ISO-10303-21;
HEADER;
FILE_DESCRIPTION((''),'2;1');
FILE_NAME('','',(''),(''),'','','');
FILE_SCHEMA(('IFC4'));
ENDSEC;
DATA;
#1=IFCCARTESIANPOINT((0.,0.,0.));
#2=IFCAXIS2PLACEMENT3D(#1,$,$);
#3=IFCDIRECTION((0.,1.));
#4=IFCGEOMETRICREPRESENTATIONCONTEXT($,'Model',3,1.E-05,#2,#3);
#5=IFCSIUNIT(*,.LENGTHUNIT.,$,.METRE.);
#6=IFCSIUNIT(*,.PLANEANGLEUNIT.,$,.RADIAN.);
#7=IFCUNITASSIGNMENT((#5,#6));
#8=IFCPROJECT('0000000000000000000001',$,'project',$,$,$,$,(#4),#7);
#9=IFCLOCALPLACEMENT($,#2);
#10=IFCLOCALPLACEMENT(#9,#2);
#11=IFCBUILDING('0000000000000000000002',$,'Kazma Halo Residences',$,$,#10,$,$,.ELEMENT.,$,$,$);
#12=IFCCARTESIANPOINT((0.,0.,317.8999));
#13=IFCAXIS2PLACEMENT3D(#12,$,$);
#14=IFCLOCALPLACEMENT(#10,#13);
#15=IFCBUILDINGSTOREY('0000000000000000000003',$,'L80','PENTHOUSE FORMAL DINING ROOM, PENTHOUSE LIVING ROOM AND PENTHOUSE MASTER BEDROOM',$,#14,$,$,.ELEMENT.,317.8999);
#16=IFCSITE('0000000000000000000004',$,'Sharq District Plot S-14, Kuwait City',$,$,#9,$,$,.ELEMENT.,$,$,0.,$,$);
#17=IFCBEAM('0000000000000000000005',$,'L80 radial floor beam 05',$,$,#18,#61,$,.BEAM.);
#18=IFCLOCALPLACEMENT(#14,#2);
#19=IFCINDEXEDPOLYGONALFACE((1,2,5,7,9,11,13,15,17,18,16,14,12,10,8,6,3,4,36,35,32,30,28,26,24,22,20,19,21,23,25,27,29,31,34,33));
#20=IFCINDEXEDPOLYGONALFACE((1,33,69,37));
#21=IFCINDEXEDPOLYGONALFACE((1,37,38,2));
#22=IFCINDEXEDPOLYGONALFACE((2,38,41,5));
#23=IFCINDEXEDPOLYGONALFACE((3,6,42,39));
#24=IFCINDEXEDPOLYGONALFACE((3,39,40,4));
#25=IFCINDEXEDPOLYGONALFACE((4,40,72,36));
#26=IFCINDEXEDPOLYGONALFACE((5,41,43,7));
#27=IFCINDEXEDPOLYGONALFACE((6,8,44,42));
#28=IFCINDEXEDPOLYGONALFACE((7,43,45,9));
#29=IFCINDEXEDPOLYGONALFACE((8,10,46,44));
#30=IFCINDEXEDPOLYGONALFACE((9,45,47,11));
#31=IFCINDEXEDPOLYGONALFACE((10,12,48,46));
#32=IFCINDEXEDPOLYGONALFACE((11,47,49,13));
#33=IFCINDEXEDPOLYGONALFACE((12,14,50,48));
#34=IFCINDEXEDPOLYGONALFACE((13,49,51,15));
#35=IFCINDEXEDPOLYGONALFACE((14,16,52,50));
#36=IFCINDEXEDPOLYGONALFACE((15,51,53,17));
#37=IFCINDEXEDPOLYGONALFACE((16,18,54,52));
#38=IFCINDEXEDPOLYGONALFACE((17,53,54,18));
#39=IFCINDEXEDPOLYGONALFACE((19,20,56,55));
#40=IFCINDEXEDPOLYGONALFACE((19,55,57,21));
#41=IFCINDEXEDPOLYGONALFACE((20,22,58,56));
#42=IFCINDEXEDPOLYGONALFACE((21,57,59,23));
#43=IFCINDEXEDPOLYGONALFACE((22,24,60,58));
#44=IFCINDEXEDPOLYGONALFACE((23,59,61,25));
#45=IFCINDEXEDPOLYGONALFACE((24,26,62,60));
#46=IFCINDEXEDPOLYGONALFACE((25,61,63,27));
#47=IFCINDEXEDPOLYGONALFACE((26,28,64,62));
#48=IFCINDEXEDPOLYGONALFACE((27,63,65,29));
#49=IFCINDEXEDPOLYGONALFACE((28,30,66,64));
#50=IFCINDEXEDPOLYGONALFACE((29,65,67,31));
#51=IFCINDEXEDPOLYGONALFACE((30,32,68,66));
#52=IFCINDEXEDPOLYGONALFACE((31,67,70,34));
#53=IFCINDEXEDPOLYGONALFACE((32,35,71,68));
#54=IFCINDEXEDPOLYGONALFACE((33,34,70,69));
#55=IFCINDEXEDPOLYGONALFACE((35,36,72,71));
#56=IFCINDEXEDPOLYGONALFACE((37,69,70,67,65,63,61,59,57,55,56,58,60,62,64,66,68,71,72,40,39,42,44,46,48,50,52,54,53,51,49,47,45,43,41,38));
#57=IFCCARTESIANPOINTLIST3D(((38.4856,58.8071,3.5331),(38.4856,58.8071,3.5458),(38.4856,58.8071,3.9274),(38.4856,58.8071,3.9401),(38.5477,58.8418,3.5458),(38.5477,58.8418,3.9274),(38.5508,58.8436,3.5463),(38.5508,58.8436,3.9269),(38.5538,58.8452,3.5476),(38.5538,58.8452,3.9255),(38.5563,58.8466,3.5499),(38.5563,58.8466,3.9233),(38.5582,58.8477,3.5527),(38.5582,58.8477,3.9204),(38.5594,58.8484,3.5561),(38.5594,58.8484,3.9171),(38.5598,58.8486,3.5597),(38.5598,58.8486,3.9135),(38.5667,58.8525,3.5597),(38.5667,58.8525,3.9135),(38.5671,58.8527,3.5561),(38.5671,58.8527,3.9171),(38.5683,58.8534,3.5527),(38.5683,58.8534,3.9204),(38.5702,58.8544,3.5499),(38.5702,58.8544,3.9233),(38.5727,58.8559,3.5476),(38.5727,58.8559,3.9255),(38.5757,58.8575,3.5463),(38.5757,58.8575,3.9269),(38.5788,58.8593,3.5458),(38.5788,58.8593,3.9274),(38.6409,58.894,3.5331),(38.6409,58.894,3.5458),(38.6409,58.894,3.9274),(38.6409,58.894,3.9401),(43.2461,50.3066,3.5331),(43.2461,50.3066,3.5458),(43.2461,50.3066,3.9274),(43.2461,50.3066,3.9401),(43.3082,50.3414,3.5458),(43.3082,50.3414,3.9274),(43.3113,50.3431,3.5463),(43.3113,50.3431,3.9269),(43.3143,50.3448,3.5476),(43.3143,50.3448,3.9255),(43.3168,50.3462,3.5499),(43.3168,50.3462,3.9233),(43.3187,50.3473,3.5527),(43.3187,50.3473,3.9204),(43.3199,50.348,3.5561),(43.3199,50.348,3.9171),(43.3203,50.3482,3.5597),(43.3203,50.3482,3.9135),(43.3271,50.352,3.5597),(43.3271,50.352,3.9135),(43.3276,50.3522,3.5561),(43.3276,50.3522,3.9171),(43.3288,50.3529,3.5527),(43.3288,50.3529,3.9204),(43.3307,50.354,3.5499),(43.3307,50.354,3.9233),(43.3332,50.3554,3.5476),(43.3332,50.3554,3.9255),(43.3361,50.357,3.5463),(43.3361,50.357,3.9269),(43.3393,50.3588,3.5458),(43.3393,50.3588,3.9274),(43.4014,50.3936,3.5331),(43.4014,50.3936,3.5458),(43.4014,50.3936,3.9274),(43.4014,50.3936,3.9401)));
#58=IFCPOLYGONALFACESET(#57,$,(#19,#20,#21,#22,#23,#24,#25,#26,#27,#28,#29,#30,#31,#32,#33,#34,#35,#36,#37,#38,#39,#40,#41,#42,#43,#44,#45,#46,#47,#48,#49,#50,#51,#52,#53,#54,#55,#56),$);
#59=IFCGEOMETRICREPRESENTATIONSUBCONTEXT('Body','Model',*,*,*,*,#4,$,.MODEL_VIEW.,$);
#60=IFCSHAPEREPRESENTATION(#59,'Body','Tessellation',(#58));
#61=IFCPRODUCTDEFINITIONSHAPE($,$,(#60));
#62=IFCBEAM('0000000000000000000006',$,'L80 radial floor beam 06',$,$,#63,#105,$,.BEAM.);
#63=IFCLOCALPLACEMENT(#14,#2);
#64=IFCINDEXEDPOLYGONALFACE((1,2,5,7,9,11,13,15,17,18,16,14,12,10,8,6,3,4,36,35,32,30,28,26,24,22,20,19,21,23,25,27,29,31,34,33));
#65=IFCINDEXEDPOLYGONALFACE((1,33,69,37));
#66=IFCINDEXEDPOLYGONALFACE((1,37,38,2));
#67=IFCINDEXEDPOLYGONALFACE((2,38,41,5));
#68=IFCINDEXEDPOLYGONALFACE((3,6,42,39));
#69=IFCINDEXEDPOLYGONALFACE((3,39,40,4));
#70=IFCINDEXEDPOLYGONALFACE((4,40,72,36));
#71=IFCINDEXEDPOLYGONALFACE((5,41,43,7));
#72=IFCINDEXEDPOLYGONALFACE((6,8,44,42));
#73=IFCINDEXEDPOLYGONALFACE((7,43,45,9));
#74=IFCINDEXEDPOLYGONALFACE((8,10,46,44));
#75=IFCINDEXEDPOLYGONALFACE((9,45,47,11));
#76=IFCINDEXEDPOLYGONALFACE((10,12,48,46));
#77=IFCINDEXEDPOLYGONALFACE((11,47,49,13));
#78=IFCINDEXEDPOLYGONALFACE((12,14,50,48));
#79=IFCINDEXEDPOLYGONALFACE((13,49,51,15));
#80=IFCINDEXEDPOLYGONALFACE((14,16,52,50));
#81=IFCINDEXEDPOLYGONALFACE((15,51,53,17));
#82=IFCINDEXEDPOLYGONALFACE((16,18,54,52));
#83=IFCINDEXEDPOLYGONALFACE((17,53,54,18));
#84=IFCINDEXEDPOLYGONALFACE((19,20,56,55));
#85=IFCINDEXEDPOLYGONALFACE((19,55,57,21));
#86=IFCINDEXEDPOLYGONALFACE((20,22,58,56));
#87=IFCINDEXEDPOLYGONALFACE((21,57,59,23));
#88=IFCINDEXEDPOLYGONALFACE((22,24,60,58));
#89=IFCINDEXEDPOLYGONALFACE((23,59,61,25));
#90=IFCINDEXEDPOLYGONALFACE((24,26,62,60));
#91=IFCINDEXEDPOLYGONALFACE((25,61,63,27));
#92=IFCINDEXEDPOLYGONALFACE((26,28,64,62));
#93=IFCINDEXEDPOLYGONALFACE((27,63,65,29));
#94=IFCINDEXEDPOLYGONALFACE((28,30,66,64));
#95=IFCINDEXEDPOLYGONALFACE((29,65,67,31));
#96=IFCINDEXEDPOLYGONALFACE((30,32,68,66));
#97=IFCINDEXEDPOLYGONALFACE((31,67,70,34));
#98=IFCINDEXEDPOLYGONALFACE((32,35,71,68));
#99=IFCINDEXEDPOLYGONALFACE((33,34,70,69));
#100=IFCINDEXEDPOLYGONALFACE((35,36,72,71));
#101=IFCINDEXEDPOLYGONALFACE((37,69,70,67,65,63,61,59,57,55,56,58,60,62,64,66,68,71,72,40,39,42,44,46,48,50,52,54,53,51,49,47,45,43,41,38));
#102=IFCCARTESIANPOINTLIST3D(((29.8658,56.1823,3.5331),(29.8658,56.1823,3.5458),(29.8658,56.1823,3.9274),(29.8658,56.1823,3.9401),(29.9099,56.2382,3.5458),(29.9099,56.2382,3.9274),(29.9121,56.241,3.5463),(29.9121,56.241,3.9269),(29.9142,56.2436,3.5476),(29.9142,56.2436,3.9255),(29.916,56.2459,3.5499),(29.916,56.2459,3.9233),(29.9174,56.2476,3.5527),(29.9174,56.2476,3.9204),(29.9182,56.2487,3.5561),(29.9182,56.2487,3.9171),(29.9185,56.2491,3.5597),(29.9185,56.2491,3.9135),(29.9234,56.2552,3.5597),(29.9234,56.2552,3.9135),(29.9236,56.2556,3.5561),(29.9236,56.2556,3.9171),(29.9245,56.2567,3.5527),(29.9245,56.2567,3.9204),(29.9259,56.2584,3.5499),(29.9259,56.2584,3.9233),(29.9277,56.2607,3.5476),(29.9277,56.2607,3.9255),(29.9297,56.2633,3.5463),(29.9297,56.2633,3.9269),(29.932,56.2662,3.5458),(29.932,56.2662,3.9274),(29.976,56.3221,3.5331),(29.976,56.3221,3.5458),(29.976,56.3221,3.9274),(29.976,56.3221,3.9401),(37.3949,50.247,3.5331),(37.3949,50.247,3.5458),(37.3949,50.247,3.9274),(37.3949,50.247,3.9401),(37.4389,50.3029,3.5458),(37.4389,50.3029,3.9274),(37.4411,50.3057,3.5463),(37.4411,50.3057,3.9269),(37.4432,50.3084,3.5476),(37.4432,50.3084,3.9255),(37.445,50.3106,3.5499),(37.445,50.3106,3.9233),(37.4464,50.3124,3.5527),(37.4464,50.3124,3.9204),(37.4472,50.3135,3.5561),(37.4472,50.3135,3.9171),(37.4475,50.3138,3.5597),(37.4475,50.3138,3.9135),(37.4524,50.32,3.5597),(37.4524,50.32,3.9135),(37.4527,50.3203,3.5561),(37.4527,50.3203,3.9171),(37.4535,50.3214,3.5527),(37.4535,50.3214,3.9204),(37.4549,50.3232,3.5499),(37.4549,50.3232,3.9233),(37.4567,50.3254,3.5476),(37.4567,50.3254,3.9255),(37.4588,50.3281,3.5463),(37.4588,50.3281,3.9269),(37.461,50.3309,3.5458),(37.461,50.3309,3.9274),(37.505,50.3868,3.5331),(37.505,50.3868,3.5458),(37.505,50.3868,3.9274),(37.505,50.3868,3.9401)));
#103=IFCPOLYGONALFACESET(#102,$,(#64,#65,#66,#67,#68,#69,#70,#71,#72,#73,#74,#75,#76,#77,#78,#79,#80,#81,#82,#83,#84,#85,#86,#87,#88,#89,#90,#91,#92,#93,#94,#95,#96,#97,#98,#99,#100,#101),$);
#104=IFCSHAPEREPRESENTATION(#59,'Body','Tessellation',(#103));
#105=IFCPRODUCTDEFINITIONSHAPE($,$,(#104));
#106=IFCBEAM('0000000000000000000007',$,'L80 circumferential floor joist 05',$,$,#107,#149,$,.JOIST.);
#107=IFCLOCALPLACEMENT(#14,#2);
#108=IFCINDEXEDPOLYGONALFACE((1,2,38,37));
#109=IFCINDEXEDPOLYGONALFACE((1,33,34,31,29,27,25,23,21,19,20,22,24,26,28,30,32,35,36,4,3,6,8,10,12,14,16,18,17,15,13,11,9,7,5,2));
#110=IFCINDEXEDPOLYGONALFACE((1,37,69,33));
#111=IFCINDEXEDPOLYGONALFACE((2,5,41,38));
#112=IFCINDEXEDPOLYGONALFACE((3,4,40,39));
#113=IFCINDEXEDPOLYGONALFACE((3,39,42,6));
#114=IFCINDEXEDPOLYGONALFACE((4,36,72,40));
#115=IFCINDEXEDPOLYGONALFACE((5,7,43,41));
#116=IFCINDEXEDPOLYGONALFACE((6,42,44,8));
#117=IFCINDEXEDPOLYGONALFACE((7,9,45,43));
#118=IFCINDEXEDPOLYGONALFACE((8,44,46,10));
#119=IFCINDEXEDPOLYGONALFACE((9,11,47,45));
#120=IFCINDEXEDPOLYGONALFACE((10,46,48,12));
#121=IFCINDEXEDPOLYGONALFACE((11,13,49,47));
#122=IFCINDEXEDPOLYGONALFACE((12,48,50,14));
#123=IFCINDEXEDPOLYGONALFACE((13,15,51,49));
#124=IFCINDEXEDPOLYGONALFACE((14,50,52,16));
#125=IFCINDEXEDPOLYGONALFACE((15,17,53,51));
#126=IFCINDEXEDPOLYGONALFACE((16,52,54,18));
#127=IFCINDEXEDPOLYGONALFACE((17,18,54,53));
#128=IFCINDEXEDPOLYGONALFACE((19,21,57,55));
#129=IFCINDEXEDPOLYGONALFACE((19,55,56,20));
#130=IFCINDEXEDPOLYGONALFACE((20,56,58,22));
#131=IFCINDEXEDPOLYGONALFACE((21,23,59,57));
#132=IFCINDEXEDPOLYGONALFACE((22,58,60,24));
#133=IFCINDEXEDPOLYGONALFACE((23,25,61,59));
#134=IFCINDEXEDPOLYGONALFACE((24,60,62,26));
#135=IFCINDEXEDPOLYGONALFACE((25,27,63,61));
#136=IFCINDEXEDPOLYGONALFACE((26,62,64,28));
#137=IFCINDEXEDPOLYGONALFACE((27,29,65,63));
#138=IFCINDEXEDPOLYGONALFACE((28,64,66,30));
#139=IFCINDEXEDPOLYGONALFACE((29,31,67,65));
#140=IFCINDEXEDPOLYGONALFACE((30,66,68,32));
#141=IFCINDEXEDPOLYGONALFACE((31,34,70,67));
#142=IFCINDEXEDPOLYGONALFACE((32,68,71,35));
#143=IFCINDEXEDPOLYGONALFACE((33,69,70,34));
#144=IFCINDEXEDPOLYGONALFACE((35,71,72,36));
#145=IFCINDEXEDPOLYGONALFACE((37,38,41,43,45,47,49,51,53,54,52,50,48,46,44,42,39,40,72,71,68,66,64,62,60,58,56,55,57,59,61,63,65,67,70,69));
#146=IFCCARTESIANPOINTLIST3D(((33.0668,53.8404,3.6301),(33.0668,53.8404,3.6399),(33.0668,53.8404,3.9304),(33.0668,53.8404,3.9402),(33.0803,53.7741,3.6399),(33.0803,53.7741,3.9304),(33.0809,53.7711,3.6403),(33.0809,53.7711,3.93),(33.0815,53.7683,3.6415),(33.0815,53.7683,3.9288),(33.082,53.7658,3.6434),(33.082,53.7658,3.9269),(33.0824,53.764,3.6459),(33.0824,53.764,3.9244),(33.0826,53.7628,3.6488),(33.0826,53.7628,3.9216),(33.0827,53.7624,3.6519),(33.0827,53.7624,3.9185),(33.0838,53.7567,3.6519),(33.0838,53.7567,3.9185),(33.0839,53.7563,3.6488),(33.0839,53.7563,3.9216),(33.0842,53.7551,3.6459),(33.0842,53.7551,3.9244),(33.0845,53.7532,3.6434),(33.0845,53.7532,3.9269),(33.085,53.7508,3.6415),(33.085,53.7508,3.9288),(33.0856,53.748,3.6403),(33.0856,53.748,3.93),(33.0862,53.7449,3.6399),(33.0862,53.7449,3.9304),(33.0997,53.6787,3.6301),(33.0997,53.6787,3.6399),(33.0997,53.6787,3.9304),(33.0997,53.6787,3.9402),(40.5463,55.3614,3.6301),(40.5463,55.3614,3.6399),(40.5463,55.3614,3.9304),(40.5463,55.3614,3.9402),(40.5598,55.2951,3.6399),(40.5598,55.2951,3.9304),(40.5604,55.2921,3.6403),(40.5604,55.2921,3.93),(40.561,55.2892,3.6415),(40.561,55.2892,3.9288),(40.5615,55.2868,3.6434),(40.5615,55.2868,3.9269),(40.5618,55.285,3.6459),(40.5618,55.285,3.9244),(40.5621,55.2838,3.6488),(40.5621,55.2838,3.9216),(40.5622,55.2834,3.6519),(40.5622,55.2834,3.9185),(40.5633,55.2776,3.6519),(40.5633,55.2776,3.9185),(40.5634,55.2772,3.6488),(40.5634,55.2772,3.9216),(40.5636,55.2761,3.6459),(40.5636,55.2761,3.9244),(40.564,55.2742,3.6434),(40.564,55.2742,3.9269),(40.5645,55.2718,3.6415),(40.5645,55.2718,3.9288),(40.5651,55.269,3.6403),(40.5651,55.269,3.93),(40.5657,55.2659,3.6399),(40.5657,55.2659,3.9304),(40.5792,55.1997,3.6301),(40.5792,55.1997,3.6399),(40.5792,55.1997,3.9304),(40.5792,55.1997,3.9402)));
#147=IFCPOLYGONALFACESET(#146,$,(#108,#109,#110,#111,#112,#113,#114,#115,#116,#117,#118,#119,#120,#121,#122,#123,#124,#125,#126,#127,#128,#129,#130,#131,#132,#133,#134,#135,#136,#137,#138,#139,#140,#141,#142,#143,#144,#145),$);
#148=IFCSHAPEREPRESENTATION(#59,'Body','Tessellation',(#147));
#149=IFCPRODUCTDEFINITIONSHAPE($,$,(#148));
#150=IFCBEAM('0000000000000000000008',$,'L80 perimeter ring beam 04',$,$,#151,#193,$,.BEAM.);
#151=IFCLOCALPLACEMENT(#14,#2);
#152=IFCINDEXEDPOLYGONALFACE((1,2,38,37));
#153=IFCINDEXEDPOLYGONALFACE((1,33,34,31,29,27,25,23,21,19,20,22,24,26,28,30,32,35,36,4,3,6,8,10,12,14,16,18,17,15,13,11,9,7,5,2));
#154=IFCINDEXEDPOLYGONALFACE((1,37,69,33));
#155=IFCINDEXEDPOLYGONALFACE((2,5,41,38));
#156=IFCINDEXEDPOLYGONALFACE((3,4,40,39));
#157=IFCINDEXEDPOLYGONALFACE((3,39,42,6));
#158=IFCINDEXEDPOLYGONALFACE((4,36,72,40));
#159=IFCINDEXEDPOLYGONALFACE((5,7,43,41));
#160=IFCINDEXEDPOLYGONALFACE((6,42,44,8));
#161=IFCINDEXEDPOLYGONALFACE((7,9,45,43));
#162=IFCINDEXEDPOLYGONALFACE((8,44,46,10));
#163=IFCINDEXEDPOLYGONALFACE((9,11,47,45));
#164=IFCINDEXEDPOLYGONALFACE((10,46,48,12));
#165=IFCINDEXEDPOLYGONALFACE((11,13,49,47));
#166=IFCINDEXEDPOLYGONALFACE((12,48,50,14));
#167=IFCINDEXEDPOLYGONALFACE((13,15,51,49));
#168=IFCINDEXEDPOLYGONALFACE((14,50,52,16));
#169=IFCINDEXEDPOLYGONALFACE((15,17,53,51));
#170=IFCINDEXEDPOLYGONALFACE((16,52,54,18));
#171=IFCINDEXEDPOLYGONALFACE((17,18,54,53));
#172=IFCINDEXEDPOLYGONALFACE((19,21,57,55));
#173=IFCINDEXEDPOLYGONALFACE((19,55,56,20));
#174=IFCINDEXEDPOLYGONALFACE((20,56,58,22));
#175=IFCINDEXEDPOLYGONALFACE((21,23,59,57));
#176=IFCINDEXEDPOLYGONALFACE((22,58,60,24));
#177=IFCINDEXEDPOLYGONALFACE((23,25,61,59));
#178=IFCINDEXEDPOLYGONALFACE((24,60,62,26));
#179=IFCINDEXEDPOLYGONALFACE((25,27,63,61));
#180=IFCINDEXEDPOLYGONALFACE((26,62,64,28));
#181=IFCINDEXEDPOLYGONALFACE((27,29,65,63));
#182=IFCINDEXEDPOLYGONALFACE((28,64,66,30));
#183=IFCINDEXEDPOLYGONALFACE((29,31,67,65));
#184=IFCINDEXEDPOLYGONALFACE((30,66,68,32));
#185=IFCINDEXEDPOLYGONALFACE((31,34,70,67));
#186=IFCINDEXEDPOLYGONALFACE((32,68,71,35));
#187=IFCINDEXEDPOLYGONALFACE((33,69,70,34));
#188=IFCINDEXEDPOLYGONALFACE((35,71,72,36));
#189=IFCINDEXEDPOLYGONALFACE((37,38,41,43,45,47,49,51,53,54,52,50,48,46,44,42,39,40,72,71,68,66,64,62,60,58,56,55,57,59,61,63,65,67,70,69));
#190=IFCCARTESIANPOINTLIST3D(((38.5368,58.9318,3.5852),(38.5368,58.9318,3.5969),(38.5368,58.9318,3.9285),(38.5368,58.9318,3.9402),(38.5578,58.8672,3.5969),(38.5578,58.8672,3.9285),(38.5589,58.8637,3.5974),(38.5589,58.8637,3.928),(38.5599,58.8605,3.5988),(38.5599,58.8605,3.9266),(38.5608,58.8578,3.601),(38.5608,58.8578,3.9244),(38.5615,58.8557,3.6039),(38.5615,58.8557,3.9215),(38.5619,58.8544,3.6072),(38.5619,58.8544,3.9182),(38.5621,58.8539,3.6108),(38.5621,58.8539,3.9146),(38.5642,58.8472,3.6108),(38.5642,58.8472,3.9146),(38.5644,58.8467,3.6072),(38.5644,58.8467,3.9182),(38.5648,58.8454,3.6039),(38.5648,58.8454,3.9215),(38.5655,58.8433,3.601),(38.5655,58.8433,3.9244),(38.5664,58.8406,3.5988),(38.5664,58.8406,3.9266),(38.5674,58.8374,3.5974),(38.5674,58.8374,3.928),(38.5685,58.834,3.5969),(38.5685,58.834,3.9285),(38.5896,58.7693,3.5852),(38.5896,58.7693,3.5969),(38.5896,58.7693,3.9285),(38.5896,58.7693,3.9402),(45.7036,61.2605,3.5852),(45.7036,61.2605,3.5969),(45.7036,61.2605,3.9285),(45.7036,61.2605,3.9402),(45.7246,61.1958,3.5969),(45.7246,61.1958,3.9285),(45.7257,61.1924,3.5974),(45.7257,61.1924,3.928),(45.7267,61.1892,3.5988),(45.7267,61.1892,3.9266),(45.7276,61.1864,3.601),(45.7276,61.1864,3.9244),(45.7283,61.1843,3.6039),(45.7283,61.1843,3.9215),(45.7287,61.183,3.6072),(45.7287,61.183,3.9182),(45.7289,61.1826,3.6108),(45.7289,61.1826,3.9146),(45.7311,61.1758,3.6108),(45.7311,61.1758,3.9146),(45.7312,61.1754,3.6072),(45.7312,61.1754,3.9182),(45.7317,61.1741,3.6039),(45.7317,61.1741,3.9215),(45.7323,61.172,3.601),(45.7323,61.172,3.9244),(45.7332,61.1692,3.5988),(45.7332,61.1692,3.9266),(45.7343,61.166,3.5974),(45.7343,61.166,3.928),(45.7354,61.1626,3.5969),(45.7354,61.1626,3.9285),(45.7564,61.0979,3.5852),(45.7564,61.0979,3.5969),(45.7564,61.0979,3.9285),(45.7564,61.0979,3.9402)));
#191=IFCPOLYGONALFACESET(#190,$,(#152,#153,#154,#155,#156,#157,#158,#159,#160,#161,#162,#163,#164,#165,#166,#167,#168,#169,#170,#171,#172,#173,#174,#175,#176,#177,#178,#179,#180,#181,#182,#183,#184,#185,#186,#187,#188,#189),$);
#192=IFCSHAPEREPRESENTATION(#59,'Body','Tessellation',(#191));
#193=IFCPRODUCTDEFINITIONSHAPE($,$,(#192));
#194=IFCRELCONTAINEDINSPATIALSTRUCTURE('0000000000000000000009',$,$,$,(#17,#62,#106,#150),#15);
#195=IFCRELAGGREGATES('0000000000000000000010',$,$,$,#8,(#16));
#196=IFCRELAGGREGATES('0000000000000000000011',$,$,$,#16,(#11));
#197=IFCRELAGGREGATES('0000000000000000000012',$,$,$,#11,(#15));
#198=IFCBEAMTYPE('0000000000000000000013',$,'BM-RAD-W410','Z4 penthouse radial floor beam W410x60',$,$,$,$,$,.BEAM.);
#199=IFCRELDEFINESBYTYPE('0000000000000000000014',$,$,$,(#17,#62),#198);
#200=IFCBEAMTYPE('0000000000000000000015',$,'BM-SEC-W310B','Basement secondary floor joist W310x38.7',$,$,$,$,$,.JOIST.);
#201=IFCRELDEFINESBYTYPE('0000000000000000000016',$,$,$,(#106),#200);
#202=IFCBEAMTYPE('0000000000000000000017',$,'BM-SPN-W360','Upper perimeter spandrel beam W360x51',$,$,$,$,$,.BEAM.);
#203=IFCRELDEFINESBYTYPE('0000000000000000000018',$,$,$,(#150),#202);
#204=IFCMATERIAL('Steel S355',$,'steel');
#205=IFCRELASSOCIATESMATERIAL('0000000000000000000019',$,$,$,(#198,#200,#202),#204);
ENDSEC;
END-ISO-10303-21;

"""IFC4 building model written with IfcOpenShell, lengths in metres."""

from ifc_helpers import new_model, si_unit, direction, frame, origin, origin_2d, place, context, subcontext, project, spatial, i_section, extrude, material, material_profile, profile_set, type_object, element, save


model = new_model("IFC4")

# Units and contexts
model_context = context("Model", 3, precision=1e-05, world=origin(), true_north=direction((0.0, 1.0)))
body_context = subcontext(model_context, "Body", "Model", "MODEL_VIEW")
ifc_project = project(units=[si_unit("LENGTHUNIT", "METRE"), si_unit("PLANEANGLEUNIT", "RADIAN")], contexts=[model_context])

# Site, building, storey
site_placement = place(None, origin())
site = spatial("IfcSite", under=ifc_project, at=site_placement, Name="Sharq District Plot S-14, Kuwait City", CompositionType="ELEMENT", RefElevation=0.0)
building_placement = place(site_placement, origin())
building = spatial("IfcBuilding", under=site, at=building_placement, Name="Kazma Halo Residences", CompositionType="ELEMENT")
storey_placement = place(building_placement, frame((0.0, 0.0, 317.8999)))
storey = spatial("IfcBuildingStorey", under=building, at=storey_placement, Name="L80", Description="PENTHOUSE FORMAL DINING ROOM, PENTHOUSE LIVING ROOM AND PENTHOUSE MASTER BEDROOM", CompositionType="ELEMENT", Elevation=317.8999)

# Beams
ifc_material_1 = material(Name="Steel S355", Category="steel")
ifc_material_profile_1 = material_profile(ifc_material_1, i_section(OverallWidth=0.178, OverallDepth=0.407, WebThickness=0.0078, FlangeThickness=0.0127, FilletRadius=0.0139, at=origin_2d()), Name="W410x60")
ifc_profile_set_1 = profile_set([ifc_material_profile_1], Name="Steel S355")
beam_type_1 = type_object("IfcBeamType", Name="BM-RAD-W410", Description="Z4 penthouse radial floor beam W410x60", PredefinedType="BEAM", material=ifc_profile_set_1)
beam_1_placement = place(storey_placement, frame((43.3237, 50.3501, 3.7366), z_axis=(-0.488621, 0.872496, 0.0), x_axis=(-0.872496, -0.488621, 0.0)))
element("IfcBeam", 1, at=beam_1_placement, inside=storey, type_object=beam_type_1, Name="L80 radial floor beam 05", PredefinedType="BEAM", context=body_context, shape_type="SweptSolid", body=[
    extrude(i_section(OverallWidth=0.178, OverallDepth=0.407, WebThickness=0.0078, FlangeThickness=0.0127, FilletRadius=0.0139, at=origin_2d()), origin(), (0.0, 0.0, 1.0), 9.7427),
])
beam_2_placement = place(storey_placement, frame((37.45, 50.3169, 3.7366), z_axis=(-0.785323, 0.619086, 0.0), x_axis=(-0.619086, -0.785323, 0.0)))
element("IfcBeam", 2, at=beam_2_placement, inside=storey, type_object=beam_type_1, Name="L80 radial floor beam 06", PredefinedType="BEAM", context=body_context, shape_type="SweptSolid", body=[
    extrude(i_section(OverallWidth=0.178, OverallDepth=0.407, WebThickness=0.0078, FlangeThickness=0.0127, FilletRadius=0.0139, at=origin_2d()), origin(), (0.0, 0.0, 1.0), 9.5872),
])
ifc_material_profile_2 = material_profile(ifc_material_1, i_section(OverallWidth=0.165, OverallDepth=0.3101, WebThickness=0.0059, FlangeThickness=0.0098, FilletRadius=0.012, at=origin_2d()), Name="W310x38.7")
ifc_profile_set_2 = profile_set([ifc_material_profile_2], Name="Steel S355")
beam_type_2 = type_object("IfcBeamType", Name="BM-SEC-W310B", Description="Basement secondary floor joist W310x38.7", PredefinedType="JOIST", material=ifc_profile_set_2)
beam_3_placement = place(storey_placement, frame((40.5627, 55.2805, 3.7852), z_axis=(-0.979943, -0.199277, 0.0), x_axis=(0.199277, -0.979943, 0.0)))
element("IfcBeam", 3, at=beam_3_placement, inside=storey, type_object=beam_type_2, Name="L80 circumferential floor joist 05", PredefinedType="JOIST", context=body_context, shape_type="SweptSolid", body=[
    extrude(i_section(OverallWidth=0.165, OverallDepth=0.3101, WebThickness=0.0059, FlangeThickness=0.0098, FilletRadius=0.012, at=origin_2d()), origin(), (0.0, 0.0, 1.0), 7.6326),
])
ifc_material_profile_3 = material_profile(ifc_material_1, i_section(OverallWidth=0.1709, OverallDepth=0.355, WebThickness=0.0071, FlangeThickness=0.0117, FilletRadius=0.0139, at=origin_2d()), Name="W360x51")
ifc_profile_set_3 = profile_set([ifc_material_profile_3], Name="Steel S355")
beam_type_3 = type_object("IfcBeamType", Name="BM-SPN-W360", Description="Upper perimeter spandrel beam W360x51", PredefinedType="BEAM", material=ifc_profile_set_3)
beam_4_placement = place(storey_placement, frame((45.73, 61.1792, 3.7627), z_axis=(-0.951057, -0.309016, 0.0), x_axis=(0.309016, -0.951057, 0.0)))
element("IfcBeam", 4, at=beam_4_placement, inside=storey, type_object=beam_type_3, Name="L80 perimeter ring beam 04", PredefinedType="BEAM", context=body_context, shape_type="SweptSolid", body=[
    extrude(i_section(OverallWidth=0.1709, OverallDepth=0.355, WebThickness=0.0071, FlangeThickness=0.0117, FilletRadius=0.0139, at=origin_2d()), origin(), (0.0, 0.0, 1.0), 7.5356),
])

save(model, "model.ifc")
